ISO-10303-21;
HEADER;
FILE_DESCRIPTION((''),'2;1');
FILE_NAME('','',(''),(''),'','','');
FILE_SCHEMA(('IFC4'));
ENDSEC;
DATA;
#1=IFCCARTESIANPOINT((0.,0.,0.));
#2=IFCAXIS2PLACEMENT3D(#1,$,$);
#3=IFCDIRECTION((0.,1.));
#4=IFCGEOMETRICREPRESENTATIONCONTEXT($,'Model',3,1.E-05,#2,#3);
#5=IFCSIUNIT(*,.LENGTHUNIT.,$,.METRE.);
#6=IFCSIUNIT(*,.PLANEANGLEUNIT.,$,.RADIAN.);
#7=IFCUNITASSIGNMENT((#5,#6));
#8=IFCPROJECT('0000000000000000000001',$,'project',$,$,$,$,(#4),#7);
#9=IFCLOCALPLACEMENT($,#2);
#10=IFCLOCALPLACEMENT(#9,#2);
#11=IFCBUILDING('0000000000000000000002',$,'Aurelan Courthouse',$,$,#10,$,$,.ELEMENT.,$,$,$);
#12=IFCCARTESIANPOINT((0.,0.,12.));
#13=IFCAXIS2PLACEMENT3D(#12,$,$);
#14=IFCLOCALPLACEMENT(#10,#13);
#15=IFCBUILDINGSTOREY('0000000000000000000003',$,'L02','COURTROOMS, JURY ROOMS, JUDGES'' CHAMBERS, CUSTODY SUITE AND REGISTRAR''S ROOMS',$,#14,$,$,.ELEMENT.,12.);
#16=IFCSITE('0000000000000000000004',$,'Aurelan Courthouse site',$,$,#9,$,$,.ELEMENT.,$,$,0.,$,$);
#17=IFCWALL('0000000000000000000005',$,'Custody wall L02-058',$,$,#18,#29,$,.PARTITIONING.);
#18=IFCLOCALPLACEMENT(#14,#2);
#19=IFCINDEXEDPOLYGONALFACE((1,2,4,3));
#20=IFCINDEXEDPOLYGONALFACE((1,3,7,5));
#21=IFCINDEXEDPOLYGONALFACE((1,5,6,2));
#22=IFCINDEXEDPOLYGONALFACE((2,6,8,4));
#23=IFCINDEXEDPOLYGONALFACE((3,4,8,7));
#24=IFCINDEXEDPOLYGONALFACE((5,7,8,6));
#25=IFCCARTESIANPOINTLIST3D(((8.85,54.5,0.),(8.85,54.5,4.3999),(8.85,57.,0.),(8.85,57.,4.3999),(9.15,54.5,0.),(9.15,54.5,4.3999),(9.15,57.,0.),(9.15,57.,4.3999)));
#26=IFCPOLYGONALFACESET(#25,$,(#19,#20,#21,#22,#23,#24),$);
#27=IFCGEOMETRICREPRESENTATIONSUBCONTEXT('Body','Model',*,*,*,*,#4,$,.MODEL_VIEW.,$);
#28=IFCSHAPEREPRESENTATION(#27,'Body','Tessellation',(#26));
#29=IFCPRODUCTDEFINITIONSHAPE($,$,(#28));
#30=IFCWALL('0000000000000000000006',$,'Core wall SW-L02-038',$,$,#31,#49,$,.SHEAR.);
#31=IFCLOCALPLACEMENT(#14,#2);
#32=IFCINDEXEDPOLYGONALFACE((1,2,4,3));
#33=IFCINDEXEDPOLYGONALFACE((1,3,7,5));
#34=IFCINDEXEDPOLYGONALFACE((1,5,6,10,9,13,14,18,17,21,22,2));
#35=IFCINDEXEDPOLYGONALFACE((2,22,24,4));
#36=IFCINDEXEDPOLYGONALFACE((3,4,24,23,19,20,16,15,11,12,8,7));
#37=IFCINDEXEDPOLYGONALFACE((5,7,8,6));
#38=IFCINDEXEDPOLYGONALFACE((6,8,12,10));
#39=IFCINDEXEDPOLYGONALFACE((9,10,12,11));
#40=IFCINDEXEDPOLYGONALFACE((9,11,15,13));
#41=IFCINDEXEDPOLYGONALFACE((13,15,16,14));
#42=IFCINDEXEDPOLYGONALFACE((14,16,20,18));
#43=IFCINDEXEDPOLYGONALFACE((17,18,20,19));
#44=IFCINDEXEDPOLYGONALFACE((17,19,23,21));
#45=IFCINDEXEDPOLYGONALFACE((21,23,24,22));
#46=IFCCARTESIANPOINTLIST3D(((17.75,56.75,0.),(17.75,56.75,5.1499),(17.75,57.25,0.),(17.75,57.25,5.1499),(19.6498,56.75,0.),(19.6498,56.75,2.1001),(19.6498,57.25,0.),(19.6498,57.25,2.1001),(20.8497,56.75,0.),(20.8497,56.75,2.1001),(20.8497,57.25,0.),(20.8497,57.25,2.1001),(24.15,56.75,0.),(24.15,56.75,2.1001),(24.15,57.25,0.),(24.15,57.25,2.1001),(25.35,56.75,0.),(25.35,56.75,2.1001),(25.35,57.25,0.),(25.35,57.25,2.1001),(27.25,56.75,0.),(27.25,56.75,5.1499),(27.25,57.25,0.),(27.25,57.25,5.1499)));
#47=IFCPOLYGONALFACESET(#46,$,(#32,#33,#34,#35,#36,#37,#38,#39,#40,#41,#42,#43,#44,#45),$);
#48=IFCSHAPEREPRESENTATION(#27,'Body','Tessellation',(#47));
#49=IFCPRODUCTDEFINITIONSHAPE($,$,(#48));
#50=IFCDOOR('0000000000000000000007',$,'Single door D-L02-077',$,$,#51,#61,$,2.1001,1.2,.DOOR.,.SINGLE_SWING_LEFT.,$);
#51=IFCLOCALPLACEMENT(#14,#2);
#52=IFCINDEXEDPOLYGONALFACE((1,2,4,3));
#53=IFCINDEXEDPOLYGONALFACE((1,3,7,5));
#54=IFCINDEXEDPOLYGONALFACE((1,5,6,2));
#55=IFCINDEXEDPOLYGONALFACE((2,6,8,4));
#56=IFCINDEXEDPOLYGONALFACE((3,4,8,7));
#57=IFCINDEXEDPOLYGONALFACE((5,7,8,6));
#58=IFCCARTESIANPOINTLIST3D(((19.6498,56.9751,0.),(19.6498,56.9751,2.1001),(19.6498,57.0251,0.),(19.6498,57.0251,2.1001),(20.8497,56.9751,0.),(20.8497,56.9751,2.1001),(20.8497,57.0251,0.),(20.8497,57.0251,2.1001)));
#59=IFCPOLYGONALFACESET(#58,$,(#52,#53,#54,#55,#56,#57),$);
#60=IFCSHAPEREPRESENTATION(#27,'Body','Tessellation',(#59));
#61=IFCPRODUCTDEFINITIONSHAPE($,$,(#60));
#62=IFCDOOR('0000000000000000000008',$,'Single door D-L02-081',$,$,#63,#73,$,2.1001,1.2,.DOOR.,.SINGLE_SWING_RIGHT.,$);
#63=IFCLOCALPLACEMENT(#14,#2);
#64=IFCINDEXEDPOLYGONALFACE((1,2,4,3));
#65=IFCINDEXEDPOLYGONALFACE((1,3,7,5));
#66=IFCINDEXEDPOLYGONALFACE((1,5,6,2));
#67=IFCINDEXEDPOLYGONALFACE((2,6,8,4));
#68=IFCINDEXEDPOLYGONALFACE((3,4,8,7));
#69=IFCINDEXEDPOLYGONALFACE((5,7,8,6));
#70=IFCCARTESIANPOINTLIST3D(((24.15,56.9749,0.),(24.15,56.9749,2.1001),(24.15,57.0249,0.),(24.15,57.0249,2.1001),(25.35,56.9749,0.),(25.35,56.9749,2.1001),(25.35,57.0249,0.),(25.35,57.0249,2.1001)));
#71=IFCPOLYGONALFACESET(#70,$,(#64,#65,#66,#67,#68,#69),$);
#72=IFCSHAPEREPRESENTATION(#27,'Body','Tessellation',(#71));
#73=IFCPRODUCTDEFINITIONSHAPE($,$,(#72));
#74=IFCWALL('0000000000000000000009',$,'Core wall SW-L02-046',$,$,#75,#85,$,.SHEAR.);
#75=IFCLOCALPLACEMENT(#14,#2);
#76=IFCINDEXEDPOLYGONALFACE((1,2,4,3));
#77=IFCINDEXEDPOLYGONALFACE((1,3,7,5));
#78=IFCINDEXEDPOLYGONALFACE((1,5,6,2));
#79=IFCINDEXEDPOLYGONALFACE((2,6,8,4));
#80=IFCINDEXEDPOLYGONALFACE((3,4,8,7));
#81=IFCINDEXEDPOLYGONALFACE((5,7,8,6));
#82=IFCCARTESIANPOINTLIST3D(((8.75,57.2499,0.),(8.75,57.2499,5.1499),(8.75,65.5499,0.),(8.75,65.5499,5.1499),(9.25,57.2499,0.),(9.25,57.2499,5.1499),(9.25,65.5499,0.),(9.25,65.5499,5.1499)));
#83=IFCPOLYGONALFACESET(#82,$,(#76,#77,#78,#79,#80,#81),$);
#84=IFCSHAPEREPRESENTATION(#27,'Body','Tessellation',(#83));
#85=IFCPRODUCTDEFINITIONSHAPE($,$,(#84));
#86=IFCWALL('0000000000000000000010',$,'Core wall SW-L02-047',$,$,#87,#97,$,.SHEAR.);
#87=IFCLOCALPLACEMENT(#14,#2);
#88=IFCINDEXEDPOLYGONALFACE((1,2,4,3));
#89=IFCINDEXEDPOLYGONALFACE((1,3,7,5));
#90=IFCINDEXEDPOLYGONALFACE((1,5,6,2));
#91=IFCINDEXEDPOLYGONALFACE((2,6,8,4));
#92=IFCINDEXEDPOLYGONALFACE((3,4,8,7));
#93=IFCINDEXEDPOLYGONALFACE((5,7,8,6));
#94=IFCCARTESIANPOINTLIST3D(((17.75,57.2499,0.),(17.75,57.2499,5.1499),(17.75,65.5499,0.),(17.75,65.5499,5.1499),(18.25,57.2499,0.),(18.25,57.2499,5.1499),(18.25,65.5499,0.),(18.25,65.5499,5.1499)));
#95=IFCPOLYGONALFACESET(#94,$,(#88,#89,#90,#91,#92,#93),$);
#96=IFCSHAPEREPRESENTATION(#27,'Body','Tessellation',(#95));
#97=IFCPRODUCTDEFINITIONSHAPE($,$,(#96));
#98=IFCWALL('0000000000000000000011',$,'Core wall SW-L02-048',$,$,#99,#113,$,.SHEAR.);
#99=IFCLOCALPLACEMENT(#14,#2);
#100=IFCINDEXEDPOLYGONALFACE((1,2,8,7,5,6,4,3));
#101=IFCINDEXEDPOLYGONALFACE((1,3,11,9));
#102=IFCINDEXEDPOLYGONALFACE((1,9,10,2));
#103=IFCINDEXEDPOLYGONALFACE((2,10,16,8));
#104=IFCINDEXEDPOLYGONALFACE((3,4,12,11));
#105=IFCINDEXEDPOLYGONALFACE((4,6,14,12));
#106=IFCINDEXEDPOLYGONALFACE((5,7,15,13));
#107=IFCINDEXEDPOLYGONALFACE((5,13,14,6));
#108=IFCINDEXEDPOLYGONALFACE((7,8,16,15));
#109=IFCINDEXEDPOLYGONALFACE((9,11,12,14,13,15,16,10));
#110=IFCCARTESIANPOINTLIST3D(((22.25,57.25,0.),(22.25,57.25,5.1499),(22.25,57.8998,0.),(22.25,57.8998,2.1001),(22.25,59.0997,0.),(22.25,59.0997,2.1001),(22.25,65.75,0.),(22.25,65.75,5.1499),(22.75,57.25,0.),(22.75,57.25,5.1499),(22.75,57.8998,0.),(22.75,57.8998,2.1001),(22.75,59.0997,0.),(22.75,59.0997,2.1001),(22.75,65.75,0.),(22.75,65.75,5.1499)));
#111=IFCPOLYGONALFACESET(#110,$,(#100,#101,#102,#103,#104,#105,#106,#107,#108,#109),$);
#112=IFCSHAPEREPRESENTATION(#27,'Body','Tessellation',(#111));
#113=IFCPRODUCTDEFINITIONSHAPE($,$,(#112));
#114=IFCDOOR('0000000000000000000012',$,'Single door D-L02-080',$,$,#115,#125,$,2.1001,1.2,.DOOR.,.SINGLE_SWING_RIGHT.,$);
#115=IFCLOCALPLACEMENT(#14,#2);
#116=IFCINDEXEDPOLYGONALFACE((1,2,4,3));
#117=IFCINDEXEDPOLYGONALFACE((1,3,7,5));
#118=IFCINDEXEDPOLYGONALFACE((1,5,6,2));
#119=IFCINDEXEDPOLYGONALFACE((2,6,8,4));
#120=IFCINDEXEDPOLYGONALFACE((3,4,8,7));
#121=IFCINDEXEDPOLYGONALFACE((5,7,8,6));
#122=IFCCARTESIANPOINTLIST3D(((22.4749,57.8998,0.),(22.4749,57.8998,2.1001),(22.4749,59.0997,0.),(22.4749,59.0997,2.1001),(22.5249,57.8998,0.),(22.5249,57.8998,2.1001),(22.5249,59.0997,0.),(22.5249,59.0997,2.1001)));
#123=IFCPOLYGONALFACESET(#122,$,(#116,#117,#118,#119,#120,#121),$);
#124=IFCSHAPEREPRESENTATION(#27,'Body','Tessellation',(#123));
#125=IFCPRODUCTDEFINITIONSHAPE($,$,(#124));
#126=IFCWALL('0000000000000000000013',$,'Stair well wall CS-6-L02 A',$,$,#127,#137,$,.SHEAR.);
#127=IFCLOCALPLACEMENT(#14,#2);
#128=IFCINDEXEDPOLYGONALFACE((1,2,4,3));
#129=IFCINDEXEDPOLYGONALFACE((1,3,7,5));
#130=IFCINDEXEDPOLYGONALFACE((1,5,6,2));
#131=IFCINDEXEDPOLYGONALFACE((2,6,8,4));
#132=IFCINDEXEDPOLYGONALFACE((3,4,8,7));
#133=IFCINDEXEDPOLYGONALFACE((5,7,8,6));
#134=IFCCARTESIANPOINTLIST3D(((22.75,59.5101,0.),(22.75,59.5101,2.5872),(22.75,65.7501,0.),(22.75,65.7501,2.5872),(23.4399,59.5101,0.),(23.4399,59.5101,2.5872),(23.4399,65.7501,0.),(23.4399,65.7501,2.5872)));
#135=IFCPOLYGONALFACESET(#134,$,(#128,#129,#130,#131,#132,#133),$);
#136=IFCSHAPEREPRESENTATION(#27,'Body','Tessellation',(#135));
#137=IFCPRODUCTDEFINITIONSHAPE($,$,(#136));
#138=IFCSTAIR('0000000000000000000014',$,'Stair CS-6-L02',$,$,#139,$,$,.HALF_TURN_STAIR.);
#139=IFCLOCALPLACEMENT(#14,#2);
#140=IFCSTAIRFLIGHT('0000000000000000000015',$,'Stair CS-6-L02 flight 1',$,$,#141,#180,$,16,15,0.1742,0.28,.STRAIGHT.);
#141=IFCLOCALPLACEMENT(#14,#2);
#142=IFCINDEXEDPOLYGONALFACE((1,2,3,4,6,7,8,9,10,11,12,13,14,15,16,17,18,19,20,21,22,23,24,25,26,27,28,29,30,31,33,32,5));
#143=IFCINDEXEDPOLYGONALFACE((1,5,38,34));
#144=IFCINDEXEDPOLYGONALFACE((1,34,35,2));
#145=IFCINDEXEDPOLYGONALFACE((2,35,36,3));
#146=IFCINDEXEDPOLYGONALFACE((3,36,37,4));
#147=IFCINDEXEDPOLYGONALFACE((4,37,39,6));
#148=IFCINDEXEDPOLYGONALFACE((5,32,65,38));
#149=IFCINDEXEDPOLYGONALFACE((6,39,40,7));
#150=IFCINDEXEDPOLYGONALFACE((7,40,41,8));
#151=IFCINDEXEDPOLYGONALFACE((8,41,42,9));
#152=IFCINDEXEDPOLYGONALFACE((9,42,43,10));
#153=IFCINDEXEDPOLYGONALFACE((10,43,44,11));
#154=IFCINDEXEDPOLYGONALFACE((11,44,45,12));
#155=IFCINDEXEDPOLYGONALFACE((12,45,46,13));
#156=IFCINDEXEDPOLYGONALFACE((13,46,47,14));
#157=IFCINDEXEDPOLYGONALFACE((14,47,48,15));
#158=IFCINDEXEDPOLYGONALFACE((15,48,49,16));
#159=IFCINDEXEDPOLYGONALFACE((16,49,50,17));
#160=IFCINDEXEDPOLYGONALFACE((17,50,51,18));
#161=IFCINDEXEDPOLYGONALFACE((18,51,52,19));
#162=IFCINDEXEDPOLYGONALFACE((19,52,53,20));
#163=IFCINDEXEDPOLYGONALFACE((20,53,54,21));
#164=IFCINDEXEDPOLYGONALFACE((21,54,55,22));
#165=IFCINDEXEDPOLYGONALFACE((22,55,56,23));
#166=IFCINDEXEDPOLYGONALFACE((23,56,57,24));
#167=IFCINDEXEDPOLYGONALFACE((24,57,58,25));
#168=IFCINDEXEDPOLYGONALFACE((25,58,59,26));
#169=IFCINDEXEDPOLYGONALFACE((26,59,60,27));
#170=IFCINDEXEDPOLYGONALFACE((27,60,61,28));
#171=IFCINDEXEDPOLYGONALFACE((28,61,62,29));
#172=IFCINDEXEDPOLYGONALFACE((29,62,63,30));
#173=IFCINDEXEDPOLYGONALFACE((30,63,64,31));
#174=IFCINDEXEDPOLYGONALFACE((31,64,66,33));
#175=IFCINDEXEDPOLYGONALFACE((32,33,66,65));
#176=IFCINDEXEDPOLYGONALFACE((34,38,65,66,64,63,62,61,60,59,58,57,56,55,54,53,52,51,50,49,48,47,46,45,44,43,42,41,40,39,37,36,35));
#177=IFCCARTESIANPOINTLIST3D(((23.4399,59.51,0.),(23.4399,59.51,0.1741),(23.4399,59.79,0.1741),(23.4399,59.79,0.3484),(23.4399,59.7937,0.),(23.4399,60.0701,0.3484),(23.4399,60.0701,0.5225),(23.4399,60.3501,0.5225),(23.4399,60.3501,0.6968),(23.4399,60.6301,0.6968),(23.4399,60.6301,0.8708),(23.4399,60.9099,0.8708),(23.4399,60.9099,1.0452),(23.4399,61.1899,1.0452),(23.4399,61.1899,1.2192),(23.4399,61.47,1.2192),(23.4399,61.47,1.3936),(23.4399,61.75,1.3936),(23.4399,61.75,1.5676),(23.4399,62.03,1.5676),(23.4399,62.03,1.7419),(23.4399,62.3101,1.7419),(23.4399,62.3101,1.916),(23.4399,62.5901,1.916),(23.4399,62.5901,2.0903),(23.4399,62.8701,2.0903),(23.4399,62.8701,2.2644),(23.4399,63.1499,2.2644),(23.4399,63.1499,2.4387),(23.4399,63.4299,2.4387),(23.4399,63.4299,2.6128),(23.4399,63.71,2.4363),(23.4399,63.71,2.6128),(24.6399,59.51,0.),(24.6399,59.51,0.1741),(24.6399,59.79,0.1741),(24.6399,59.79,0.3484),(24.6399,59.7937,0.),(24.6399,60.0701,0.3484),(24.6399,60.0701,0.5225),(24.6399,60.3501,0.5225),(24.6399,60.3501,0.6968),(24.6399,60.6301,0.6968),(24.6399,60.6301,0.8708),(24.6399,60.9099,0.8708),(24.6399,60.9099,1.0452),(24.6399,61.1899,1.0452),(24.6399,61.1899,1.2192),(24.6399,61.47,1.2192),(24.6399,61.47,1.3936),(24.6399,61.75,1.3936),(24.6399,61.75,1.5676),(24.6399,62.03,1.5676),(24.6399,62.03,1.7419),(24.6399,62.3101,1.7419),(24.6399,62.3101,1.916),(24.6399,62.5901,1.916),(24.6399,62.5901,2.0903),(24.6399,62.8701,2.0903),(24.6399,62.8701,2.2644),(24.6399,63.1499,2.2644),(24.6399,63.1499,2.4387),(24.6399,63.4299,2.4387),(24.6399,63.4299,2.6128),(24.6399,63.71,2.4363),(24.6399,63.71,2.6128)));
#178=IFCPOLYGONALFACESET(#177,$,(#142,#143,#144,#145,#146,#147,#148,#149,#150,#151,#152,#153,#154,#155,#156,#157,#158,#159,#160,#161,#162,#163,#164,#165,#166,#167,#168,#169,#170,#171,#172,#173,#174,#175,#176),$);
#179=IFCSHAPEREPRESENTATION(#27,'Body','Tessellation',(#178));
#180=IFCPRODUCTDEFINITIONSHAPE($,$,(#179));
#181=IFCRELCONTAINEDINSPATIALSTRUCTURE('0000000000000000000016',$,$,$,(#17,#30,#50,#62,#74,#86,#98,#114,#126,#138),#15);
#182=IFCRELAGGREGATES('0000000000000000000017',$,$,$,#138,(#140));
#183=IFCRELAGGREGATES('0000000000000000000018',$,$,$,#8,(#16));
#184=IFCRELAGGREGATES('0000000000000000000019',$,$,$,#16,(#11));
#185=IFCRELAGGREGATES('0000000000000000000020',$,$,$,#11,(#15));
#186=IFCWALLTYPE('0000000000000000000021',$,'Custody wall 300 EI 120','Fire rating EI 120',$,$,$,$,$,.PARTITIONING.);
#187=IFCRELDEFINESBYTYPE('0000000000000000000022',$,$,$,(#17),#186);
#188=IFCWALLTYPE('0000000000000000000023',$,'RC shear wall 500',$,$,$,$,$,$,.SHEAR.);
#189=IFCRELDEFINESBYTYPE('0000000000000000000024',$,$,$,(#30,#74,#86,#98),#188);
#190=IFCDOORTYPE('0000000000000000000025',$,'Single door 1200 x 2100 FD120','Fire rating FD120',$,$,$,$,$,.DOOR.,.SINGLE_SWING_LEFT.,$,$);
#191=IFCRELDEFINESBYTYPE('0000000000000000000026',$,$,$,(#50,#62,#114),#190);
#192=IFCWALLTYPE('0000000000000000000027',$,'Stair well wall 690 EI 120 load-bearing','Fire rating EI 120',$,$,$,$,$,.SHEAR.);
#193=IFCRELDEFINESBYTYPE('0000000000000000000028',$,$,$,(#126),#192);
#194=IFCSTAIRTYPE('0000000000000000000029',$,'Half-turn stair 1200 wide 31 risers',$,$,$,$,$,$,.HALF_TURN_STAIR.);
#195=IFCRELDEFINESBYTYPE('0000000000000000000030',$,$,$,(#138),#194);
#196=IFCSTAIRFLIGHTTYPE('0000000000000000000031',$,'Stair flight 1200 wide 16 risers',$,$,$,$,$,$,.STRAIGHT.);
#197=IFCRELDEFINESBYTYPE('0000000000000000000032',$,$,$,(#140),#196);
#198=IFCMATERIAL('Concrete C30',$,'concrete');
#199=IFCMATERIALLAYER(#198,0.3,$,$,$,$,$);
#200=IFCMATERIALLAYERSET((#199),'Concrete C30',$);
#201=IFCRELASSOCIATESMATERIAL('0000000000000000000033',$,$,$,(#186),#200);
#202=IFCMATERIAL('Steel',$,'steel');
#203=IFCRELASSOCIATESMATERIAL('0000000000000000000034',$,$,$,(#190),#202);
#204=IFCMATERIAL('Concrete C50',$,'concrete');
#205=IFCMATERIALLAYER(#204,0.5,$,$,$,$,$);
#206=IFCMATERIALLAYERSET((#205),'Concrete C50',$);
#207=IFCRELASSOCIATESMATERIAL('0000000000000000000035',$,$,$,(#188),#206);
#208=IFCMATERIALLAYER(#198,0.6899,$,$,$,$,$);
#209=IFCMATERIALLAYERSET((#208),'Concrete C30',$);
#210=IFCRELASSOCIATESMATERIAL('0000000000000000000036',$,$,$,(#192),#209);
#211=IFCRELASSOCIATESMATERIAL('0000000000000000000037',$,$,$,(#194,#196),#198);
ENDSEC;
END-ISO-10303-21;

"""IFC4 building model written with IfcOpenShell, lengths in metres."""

from ifc_helpers import new_model, si_unit, direction, frame, frame_2d, origin, place, context, subcontext, project, spatial, polyline, rectangle, outline, extrude, material, layer, layer_set, type_object, element, fill, aggregate, save


model = new_model("IFC4")

# Units and contexts
model_context = context("Model", 3, precision=1e-05, world=origin(), true_north=direction((0.0, 1.0)))
body_context = subcontext(model_context, "Body", "Model", "MODEL_VIEW")
ifc_project = project(units=[si_unit("LENGTHUNIT", "METRE"), si_unit("PLANEANGLEUNIT", "RADIAN")], contexts=[model_context])

# Site, building, storey
site_placement = place(None, origin())
site = spatial("IfcSite", under=ifc_project, at=site_placement, Name="Aurelan Courthouse site", CompositionType="ELEMENT", RefElevation=0.0)
building_placement = place(site_placement, origin())
building = spatial("IfcBuilding", under=site, at=building_placement, Name="Aurelan Courthouse", CompositionType="ELEMENT")
storey_placement = place(building_placement, frame((0.0, 0.0, 12.0)))
storey = spatial("IfcBuildingStorey", under=building, at=storey_placement, Name="L02", Description="COURTROOMS, JURY ROOMS, JUDGES' CHAMBERS, CUSTODY SUITE AND REGISTRAR'S ROOMS", CompositionType="ELEMENT", Elevation=12.0)

# Shared definitions
ifc_material_1 = material(Name="Concrete C50", Category="concrete")

# Shared definitions
ifc_material_2 = material(Name="Concrete C30", Category="concrete")
ifc_layer_1 = layer(ifc_material_2, 0.3)
ifc_layer_set_1 = layer_set([ifc_layer_1], Name="Concrete C30")
wall_type_1 = type_object("IfcWallType", Name="Custody wall 300 EI 120", Description="Fire rating EI 120", PredefinedType="PARTITIONING", material=ifc_layer_set_1)
ifc_material_3 = material(Name="Steel", Category="steel")
door_type_1 = type_object("IfcDoorType", Name="Single door 1200 x 2100 FD120", Description="Fire rating FD120", OperationType="SINGLE_SWING_LEFT", PredefinedType="DOOR", material=ifc_material_3)

# Wall
wall_1_placement = place(storey_placement, frame((9.0, 54.5, 0.0), z_axis=(0.0, 0.0, 1.0), x_axis=(0.0, 1.0, 0.0)))
element("IfcWall", 1, at=wall_1_placement, inside=storey, type_object=wall_type_1, Name="Custody wall L02-058", PredefinedType="PARTITIONING", context=body_context, shape_type="SweptSolid", body=[
    extrude(rectangle(XDim=2.5, YDim=0.3, at=frame_2d((1.25, 0.0))), origin(), (0.0, 0.0, 1.0), 4.3999),
])

# Wall, openings, doors
ifc_layer_2 = layer(ifc_material_1, 0.5)
ifc_layer_set_2 = layer_set([ifc_layer_2], Name="Concrete C50")
wall_type_2 = type_object("IfcWallType", Name="RC shear wall 500", PredefinedType="SHEAR", material=ifc_layer_set_2)
wall_2_placement = place(storey_placement, frame((17.75, 57.0, 0.0), z_axis=(0.0, 0.0, 1.0), x_axis=(1.0, 0.0, 0.0)))
wall_2 = element("IfcWall", 2, at=wall_2_placement, inside=storey, type_object=wall_type_2, Name="Core wall SW-L02-038", PredefinedType="SHEAR", context=body_context, shape_type="SweptSolid", body=[
    extrude(rectangle(XDim=9.5, YDim=0.5, at=frame_2d((4.75, 0.0))), origin(), (0.0, 0.0, 1.0), 5.1499),
])
opening_1_placement = place(wall_2_placement, frame((3.0999, 0.0, 0.0), z_axis=(0.0, 0.0, 1.0), x_axis=(-1.0, 0.0, 0.0)))
opening_1 = element("IfcOpeningElement", 3, at=opening_1_placement, cuts=wall_2, PredefinedType="OPENING", context=body_context, shape_type="SweptSolid", body=[
    extrude(rectangle(XDim=1.2, YDim=2.1001, at=frame_2d((0.6001, 1.05))), frame((0.0, 0.26, 0.0), z_axis=(0.0, -1.0, 0.0), x_axis=(1.0, 0.0, 0.0)), (0.0, 0.0, 1.0), 0.52),
])
opening_2_placement = place(wall_2_placement, frame((6.3999, 0.0, 0.0)))
opening_2 = element("IfcOpeningElement", 4, at=opening_2_placement, cuts=wall_2, PredefinedType="OPENING", context=body_context, shape_type="SweptSolid", body=[
    extrude(rectangle(XDim=1.2, YDim=2.1001, at=frame_2d((0.6001, 1.05))), frame((0.0, 0.26, 0.0), z_axis=(0.0, -1.0, 0.0), x_axis=(1.0, 0.0, 0.0)), (0.0, 0.0, 1.0), 0.52),
])
door_1_placement = place(opening_1_placement, origin())
door_1 = element("IfcDoor", 5, at=door_1_placement, inside=storey, type_object=door_type_1, Name="Single door D-L02-077", OperationType="SINGLE_SWING_LEFT", OverallHeight=2.1001, OverallWidth=1.2, PredefinedType="DOOR", context=body_context, shape_type="SweptSolid", body=[
    extrude(rectangle(XDim=1.2, YDim=2.1001, at=frame_2d((0.6001, 1.05))), frame((0.0, 0.0249, 0.0), z_axis=(0.0, -1.0, 0.0), x_axis=(1.0, 0.0, 0.0)), (0.0, 0.0, 1.0), 0.05),
])
fill(opening_1, door_1)
door_2_placement = place(opening_2_placement, origin())
door_2 = element("IfcDoor", 6, at=door_2_placement, inside=storey, type_object=door_type_1, Name="Single door D-L02-081", OperationType="SINGLE_SWING_RIGHT", OverallHeight=2.1001, OverallWidth=1.2, PredefinedType="DOOR", context=body_context, shape_type="SweptSolid", body=[
    extrude(rectangle(XDim=1.2, YDim=2.1001, at=frame_2d((0.6001, 1.05))), frame((0.0, 0.0249, 0.0), z_axis=(0.0, -1.0, 0.0), x_axis=(1.0, 0.0, 0.0)), (0.0, 0.0, 1.0), 0.05),
])
fill(opening_2, door_2)

# Walls
for number, where, z_axis, x_axis, name in (
    (7, (9.0, 57.25, 0.0), (0.0, 0.0, 1.0), (0.0, 1.0, 0.0), "Core wall SW-L02-046"),
    (8, (18.0, 57.25, 0.0), (0.0, 0.0, 1.0), (0.0, 1.0, 0.0), "Core wall SW-L02-047"),
):
    element("IfcWall", number, at=place(storey_placement, frame(where, z_axis=z_axis, x_axis=x_axis)), inside=storey, type_object=wall_type_2, Name=name, PredefinedType="SHEAR", context=body_context, shape_type="SweptSolid", body=[
        extrude(rectangle(XDim=8.3, YDim=0.5, at=frame_2d((4.1499, 0.0))), origin(), (0.0, 0.0, 1.0), 5.1499),
    ])

# Wall, opening, door
wall_3_placement = place(storey_placement, frame((22.5, 57.25, 0.0), z_axis=(0.0, 0.0, 1.0), x_axis=(0.0, 1.0, 0.0)))
wall_3 = element("IfcWall", 9, at=wall_3_placement, inside=storey, type_object=wall_type_2, Name="Core wall SW-L02-048", PredefinedType="SHEAR", context=body_context, shape_type="SweptSolid", body=[
    extrude(rectangle(XDim=8.5, YDim=0.5, at=frame_2d((4.25, 0.0))), origin(), (0.0, 0.0, 1.0), 5.1499),
])
opening_3_placement = place(wall_3_placement, frame((1.8499, 0.0, 0.0), z_axis=(0.0, 0.0, 1.0), x_axis=(-1.0, 0.0, 0.0)))
opening_3 = element("IfcOpeningElement", 10, at=opening_3_placement, cuts=wall_3, PredefinedType="OPENING", context=body_context, shape_type="SweptSolid", body=[
    extrude(rectangle(XDim=1.2, YDim=2.1001, at=frame_2d((0.6001, 1.05))), frame((0.0, 0.26, 0.0), z_axis=(0.0, -1.0, 0.0), x_axis=(1.0, 0.0, 0.0)), (0.0, 0.0, 1.0), 0.52),
])
door_3_placement = place(opening_3_placement, origin())
door_3 = element("IfcDoor", 11, at=door_3_placement, inside=storey, type_object=door_type_1, Name="Single door D-L02-080", OperationType="SINGLE_SWING_RIGHT", OverallHeight=2.1001, OverallWidth=1.2, PredefinedType="DOOR", context=body_context, shape_type="SweptSolid", body=[
    extrude(rectangle(XDim=1.2, YDim=2.1001, at=frame_2d((0.6001, 1.05))), frame((0.0, 0.0249, 0.0), z_axis=(0.0, -1.0, 0.0), x_axis=(1.0, 0.0, 0.0)), (0.0, 0.0, 1.0), 0.05),
])
fill(opening_3, door_3)

# Wall
ifc_layer_3 = layer(ifc_material_2, 0.6899)
ifc_layer_set_3 = layer_set([ifc_layer_3], Name="Concrete C30")
wall_type_3 = type_object("IfcWallType", Name="Stair well wall 690 EI 120 load-bearing", Description="Fire rating EI 120", PredefinedType="SHEAR", material=ifc_layer_set_3)
wall_4_placement = place(storey_placement, frame((23.095, 59.51, 0.0), z_axis=(0.0, 0.0, 1.0), x_axis=(0.0, 1.0, 0.0)))
element("IfcWall", 12, at=wall_4_placement, inside=storey, type_object=wall_type_3, Name="Stair well wall CS-6-L02 A", PredefinedType="SHEAR", context=body_context, shape_type="SweptSolid", body=[
    extrude(rectangle(XDim=6.24, YDim=0.6899, at=frame_2d((3.1201, 0.0))), origin(), (0.0, 0.0, 1.0), 2.5872),
])

# Stair, stair flight
stair_type = type_object("IfcStairType", Name="Half-turn stair 1200 wide 31 risers", PredefinedType="HALF_TURN_STAIR", material=ifc_material_2)
stair_placement = place(storey_placement, origin())
stair = element("IfcStair", 13, at=stair_placement, inside=storey, type_object=stair_type, Name="Stair CS-6-L02", PredefinedType="HALF_TURN_STAIR")
stair_flight_type = type_object("IfcStairFlightType", Name="Stair flight 1200 wide 16 risers", PredefinedType="STRAIGHT", material=ifc_material_2)
stair_flight_placement = place(storey_placement, frame((24.04, 59.51, 0.0), z_axis=(0.0, 0.0, 1.0), x_axis=(0.0, 1.0, 0.0)))
stair_flight = element("IfcStairFlight", 14, at=stair_flight_placement, type_object=stair_flight_type, Name="Stair CS-6-L02 flight 1", NumberOfRisers=16, NumberOfTreads=15, PredefinedType="STRAIGHT", RiserHeight=0.1742, TreadLength=0.28, context=body_context, shape_type="SweptSolid", body=[
    extrude(outline(polyline([(0.0, 0.0), (0.0, 0.1741), (0.28, 0.1741), (0.28, 0.3484), (0.5601, 0.3484), (0.5601, 0.5225), (0.8401, 0.5225), (0.8401, 0.6968), (1.1201, 0.6968), (1.1201, 0.8708), (1.3999, 0.8708), (1.3999, 1.0452), (1.6799, 1.0452), (1.6799, 1.2192), (1.96, 1.2192), (1.96, 1.3936), (2.24, 1.3936), (2.24, 1.5676), (2.52, 1.5676), (2.52, 1.7419), (2.8, 1.7419), (2.8, 1.916), (3.0801, 1.916), (3.0801, 2.0903), (3.3601, 2.0903), (3.3601, 2.2644), (3.6399, 2.2644), (3.6399, 2.4387), (3.9199, 2.4387), (3.9199, 2.6128), (4.2, 2.6128), (4.2, 2.7871), (4.2, 2.4363), (0.2837, 0.0), (0.0, 0.0)])), frame((0.0, 0.6001, 0.0), z_axis=(0.0, -1.0, 0.0), x_axis=(1.0, 0.0, 0.0)), (0.0, 0.0, 1.0), 1.2),
])
aggregate(stair, [stair_flight])

save(model, "model.ifc")
